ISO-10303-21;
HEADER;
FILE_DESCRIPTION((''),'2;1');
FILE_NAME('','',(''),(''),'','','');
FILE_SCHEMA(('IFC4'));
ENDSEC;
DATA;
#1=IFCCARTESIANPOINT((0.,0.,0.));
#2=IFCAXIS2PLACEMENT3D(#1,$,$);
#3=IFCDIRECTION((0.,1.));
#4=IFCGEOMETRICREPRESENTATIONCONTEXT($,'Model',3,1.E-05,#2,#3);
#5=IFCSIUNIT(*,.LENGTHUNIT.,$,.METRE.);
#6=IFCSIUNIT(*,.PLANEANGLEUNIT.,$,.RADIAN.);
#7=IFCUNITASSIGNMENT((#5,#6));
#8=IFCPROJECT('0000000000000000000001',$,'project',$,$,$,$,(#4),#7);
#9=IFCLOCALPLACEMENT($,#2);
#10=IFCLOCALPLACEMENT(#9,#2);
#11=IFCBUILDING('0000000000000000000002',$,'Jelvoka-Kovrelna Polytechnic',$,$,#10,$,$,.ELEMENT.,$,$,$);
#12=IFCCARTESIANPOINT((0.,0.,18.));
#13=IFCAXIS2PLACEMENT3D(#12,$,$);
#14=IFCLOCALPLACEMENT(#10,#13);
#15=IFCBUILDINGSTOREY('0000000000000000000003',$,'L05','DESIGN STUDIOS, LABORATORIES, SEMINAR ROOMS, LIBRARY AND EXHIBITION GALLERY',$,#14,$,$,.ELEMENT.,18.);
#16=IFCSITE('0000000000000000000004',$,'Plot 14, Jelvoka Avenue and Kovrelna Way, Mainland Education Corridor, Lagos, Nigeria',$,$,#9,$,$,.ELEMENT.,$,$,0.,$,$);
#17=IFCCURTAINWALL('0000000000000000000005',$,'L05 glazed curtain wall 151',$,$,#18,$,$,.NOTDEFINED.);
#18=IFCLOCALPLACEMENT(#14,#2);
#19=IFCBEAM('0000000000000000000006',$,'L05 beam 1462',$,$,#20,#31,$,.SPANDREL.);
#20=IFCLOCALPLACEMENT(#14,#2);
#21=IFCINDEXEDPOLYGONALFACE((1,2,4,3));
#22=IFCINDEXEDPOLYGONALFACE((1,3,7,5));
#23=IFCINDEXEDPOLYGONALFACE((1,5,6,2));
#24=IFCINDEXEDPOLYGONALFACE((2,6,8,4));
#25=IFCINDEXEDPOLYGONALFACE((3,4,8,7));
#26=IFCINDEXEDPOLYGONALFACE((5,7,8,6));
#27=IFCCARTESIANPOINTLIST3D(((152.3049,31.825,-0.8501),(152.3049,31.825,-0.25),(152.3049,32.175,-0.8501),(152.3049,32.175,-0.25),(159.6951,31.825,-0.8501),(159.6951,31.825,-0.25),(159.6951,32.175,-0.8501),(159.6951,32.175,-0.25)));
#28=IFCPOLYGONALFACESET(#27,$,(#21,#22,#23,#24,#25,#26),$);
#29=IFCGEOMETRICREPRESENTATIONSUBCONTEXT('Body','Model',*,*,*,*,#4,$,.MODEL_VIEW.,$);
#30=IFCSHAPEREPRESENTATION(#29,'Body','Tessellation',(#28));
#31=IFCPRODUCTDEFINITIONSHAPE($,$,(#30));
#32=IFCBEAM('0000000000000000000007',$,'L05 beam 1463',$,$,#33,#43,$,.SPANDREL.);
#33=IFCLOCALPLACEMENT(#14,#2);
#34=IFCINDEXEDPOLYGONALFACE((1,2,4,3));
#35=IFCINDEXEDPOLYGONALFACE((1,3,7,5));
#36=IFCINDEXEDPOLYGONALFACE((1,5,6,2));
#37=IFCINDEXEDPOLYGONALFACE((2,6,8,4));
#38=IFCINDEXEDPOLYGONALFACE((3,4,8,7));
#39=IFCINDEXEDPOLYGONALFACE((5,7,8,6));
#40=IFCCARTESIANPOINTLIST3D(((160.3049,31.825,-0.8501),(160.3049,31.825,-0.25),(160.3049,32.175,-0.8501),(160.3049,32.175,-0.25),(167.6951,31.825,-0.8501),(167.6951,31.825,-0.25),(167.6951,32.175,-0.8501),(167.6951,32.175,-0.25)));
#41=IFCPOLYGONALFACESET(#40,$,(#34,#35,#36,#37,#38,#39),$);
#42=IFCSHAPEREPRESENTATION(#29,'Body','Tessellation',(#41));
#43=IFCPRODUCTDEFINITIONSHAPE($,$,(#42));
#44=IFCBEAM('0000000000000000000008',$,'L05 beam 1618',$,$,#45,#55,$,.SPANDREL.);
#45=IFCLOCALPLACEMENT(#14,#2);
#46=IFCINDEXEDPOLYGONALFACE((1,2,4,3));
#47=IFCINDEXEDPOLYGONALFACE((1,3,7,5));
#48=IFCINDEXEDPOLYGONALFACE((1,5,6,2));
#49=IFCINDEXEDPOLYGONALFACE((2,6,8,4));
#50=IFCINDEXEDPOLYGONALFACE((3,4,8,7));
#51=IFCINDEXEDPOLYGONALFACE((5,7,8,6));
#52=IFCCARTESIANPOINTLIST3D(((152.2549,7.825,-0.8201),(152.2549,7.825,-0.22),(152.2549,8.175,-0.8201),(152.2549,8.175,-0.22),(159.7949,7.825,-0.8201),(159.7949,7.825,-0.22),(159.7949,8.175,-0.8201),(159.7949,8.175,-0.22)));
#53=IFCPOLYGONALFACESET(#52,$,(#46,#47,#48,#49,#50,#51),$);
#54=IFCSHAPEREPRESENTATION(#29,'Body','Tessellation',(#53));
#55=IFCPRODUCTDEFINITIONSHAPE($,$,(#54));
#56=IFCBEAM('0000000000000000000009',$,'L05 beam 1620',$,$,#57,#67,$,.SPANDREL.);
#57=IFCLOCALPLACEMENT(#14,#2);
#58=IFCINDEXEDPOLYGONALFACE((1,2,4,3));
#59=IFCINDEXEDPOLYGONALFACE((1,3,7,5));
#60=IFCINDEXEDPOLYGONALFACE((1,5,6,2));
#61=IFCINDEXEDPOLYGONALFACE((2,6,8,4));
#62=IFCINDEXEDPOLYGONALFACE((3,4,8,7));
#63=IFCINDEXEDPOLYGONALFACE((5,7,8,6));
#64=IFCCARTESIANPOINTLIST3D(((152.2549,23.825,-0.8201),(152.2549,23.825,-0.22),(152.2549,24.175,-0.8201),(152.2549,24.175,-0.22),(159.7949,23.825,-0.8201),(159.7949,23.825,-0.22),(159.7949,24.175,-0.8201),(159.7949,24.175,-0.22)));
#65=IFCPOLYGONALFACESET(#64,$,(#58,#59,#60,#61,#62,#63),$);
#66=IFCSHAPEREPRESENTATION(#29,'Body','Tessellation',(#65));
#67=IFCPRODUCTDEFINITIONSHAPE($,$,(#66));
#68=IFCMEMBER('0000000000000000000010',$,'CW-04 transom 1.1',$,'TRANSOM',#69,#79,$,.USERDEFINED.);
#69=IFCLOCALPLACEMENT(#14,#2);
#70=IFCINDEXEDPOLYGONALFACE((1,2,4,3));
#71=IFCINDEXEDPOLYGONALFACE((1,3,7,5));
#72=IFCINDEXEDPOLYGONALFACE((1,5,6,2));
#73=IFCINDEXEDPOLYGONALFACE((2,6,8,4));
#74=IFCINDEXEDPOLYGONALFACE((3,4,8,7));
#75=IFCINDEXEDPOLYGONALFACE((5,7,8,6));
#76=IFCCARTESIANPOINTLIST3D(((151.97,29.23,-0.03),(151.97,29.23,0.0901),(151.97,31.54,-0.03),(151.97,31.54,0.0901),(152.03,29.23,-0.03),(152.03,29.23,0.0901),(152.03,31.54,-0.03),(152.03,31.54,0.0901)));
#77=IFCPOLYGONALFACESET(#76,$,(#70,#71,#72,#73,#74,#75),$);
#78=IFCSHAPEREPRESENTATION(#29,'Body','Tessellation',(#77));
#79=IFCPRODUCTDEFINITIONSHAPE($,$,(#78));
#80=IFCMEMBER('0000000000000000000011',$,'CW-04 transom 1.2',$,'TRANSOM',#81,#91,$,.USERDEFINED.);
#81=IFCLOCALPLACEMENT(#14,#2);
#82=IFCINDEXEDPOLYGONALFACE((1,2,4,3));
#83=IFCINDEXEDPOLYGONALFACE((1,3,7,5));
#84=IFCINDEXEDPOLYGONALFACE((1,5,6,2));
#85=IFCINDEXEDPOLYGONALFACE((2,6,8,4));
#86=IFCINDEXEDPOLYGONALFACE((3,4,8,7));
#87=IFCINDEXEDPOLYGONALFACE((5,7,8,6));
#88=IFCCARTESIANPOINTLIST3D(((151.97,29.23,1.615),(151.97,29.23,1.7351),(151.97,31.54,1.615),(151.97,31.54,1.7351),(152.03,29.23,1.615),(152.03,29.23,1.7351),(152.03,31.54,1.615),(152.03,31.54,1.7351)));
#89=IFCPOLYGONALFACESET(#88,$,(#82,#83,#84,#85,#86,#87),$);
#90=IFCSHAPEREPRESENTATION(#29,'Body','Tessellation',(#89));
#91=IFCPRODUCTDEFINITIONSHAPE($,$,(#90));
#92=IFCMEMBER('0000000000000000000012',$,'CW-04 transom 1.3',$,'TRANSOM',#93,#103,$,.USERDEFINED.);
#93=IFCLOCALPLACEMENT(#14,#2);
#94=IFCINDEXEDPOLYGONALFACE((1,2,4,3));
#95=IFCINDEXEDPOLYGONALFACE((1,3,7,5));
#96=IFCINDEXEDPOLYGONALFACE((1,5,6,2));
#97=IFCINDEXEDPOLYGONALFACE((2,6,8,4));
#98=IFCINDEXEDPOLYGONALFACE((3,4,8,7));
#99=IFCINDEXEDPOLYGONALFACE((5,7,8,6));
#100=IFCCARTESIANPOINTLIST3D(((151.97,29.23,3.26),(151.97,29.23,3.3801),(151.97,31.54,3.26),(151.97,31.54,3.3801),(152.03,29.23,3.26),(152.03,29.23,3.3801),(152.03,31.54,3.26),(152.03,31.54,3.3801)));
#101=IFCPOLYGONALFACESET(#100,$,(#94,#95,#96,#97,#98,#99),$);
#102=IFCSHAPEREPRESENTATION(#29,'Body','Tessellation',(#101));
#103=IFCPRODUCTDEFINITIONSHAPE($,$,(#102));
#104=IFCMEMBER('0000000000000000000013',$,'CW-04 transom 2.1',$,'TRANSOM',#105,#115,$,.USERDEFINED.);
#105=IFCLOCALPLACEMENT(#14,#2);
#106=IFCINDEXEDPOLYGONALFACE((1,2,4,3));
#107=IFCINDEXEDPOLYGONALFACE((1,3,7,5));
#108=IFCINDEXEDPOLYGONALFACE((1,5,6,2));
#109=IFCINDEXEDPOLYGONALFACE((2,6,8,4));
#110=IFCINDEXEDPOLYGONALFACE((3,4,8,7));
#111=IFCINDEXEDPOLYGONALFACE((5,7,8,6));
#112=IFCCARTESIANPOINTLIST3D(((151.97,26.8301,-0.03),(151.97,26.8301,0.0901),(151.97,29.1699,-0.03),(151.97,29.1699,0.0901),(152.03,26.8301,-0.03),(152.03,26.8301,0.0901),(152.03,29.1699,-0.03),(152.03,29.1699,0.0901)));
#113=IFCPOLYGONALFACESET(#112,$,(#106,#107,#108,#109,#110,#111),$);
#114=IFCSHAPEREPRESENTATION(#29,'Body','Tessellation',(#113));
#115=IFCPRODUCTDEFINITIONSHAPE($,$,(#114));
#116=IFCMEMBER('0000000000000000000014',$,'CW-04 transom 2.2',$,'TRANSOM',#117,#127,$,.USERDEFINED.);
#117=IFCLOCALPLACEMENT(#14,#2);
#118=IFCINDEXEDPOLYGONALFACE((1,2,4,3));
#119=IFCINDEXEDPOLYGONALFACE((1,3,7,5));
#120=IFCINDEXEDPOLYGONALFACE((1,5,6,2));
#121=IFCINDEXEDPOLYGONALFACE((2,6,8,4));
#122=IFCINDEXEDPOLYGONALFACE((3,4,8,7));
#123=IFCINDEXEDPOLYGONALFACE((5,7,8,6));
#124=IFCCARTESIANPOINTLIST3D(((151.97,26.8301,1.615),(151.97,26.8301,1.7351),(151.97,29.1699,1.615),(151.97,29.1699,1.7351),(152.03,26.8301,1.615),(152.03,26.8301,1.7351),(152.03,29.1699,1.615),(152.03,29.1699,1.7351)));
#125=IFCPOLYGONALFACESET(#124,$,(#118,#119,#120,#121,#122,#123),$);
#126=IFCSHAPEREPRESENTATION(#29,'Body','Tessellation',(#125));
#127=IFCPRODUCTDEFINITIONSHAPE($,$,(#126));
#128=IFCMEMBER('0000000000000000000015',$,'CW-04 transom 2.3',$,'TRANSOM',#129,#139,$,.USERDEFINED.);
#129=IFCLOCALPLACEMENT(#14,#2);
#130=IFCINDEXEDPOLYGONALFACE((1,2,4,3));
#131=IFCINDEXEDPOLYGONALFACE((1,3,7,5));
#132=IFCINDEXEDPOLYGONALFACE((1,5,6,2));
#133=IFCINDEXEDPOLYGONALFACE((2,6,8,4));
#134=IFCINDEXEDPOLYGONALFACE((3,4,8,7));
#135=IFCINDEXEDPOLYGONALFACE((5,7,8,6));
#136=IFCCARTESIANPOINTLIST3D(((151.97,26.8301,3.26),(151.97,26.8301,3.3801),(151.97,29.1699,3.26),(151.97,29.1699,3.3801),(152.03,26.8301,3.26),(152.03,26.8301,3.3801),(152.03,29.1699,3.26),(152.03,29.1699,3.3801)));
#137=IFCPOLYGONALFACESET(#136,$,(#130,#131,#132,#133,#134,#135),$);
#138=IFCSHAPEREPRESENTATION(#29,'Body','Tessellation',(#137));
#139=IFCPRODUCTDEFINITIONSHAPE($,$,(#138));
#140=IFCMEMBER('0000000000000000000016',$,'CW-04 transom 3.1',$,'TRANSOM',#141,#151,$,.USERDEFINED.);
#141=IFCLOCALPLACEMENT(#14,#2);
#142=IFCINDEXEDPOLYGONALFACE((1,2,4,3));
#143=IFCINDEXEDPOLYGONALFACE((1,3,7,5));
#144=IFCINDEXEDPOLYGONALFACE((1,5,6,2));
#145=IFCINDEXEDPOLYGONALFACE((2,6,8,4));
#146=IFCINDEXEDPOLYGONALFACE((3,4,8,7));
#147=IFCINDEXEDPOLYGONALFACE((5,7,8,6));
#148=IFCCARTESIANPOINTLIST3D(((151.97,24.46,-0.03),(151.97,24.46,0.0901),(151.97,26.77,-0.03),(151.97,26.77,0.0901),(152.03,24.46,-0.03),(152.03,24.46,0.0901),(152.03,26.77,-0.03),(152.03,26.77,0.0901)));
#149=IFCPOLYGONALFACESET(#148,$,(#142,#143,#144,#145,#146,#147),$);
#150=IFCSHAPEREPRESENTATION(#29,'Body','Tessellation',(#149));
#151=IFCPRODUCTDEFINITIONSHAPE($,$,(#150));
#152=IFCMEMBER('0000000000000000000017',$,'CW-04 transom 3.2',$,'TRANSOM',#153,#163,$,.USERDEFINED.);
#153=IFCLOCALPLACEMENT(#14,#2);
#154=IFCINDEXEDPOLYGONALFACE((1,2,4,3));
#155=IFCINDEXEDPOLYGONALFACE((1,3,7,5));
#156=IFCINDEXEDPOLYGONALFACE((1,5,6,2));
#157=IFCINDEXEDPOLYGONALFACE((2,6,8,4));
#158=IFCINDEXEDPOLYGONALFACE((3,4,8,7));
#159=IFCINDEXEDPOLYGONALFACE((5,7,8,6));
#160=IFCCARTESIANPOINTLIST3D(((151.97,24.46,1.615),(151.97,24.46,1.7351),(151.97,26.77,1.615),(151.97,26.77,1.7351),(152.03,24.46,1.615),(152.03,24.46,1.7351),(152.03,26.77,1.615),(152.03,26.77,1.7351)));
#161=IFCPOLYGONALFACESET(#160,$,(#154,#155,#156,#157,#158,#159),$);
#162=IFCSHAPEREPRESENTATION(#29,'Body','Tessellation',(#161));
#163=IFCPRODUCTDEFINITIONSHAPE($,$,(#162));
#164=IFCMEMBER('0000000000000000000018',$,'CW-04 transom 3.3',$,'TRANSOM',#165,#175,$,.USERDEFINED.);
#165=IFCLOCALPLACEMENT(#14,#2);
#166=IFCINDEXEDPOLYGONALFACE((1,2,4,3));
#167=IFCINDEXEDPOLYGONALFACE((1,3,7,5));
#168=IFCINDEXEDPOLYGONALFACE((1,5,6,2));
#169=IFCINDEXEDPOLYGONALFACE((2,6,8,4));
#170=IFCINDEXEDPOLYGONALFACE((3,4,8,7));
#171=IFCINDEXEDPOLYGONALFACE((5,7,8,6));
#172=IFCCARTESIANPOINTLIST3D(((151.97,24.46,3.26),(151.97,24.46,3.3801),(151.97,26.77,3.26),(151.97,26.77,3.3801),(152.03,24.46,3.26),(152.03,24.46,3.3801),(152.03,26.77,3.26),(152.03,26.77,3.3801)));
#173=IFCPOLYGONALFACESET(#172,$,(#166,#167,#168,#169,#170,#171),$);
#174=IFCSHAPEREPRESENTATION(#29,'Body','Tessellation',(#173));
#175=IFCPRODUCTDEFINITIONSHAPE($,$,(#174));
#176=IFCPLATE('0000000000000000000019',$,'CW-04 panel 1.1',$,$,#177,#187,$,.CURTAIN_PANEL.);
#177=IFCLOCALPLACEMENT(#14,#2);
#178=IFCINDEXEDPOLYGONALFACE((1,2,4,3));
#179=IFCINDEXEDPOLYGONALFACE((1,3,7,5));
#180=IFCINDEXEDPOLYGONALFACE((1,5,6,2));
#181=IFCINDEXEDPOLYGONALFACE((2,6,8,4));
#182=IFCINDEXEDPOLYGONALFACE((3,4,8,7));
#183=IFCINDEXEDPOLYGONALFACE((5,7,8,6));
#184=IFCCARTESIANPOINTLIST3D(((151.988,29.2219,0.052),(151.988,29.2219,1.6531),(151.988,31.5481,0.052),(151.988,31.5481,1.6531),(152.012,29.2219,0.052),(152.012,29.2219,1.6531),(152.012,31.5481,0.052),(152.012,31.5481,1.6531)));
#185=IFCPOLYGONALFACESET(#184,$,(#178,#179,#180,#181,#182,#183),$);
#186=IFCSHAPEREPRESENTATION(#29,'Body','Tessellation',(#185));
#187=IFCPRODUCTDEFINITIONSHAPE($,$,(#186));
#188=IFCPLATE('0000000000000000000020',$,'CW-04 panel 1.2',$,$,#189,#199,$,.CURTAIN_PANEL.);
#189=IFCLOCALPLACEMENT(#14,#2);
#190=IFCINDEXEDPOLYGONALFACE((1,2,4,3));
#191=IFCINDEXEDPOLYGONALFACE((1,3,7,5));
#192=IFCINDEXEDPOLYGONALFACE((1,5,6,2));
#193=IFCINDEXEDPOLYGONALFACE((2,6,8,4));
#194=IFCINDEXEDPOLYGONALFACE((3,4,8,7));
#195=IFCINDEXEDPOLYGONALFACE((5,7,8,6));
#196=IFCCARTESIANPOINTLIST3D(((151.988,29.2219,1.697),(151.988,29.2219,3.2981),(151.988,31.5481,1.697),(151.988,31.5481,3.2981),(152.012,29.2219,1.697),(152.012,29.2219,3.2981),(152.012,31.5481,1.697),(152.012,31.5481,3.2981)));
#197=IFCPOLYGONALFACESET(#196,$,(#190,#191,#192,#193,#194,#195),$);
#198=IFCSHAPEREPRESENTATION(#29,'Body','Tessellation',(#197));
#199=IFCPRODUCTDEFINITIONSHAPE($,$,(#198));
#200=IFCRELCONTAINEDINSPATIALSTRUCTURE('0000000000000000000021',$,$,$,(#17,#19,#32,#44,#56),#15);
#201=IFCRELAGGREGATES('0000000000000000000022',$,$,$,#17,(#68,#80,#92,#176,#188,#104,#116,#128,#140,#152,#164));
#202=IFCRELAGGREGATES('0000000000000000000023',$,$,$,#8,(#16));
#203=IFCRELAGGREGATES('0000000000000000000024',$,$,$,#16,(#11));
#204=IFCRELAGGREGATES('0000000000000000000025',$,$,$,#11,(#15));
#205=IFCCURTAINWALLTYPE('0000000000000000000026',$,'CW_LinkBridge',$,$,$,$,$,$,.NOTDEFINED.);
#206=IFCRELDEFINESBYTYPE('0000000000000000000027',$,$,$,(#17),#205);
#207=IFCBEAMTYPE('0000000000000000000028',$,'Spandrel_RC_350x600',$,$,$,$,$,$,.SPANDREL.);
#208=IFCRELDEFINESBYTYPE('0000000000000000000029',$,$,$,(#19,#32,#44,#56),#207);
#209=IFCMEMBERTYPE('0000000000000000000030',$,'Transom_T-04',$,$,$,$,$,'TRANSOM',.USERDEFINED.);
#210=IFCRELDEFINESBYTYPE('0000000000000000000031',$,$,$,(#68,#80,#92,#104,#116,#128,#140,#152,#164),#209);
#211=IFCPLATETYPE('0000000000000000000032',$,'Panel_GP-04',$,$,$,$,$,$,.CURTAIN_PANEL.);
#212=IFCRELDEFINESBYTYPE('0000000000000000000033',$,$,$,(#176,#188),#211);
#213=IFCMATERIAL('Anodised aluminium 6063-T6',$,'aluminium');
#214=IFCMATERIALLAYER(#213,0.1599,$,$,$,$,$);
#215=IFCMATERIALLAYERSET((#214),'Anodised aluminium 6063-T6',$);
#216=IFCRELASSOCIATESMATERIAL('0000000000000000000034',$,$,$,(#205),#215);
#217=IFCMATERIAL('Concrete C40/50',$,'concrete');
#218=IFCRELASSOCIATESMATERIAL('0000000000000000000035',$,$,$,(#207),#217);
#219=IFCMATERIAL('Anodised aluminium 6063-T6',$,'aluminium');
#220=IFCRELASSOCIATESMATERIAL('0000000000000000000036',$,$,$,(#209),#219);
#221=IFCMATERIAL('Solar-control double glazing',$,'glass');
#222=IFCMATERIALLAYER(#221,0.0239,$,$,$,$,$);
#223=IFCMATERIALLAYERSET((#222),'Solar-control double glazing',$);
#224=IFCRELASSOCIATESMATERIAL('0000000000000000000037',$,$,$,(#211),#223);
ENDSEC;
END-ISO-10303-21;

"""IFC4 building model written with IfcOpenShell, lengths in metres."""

from ifc_helpers import new_model, si_unit, direction, frame, origin, origin_2d, place, context, subcontext, project, spatial, rectangle, extrude, material, layer, layer_set, material_profile, profile_set, type_object, element, aggregate, save


model = new_model("IFC4")

# Units and contexts
model_context = context("Model", 3, precision=1e-05, world=origin(), true_north=direction((0.0, 1.0)))
body_context = subcontext(model_context, "Body", "Model", "MODEL_VIEW")
ifc_project = project(units=[si_unit("LENGTHUNIT", "METRE"), si_unit("PLANEANGLEUNIT", "RADIAN")], contexts=[model_context])

# Site, building, storey
site_placement = place(None, origin())
site = spatial("IfcSite", under=ifc_project, at=site_placement, Name="Plot 14, Jelvoka Avenue and Kovrelna Way, Mainland Education Corridor, Lagos, Nigeria", CompositionType="ELEMENT", RefElevation=0.0)
building_placement = place(site_placement, origin())
building = spatial("IfcBuilding", under=site, at=building_placement, Name="Jelvoka-Kovrelna Polytechnic", CompositionType="ELEMENT")
storey_placement = place(building_placement, frame((0.0, 0.0, 18.0)))
storey = spatial("IfcBuildingStorey", under=building, at=storey_placement, Name="L05", Description="DESIGN STUDIOS, LABORATORIES, SEMINAR ROOMS, LIBRARY AND EXHIBITION GALLERY", CompositionType="ELEMENT", Elevation=18.0)

# Curtain wall
ifc_material_1 = material(Name="Anodised aluminium 6063-T6", Category="aluminium")
ifc_layer_1 = layer(ifc_material_1, 0.1599)
ifc_layer_set_1 = layer_set([ifc_layer_1], Name="Anodised aluminium 6063-T6")
curtain_wall_type = type_object("IfcCurtainWallType", Name="CW_LinkBridge", PredefinedType="NOTDEFINED", material=ifc_layer_set_1)
curtain_wall_placement = place(storey_placement, origin())
curtain_wall = element("IfcCurtainWall", 1, at=curtain_wall_placement, inside=storey, type_object=curtain_wall_type, Name="L05 glazed curtain wall 151", PredefinedType="NOTDEFINED")

# Beams
ifc_material_2 = material(Name="Concrete C40/50", Category="concrete")
ifc_material_profile_1 = material_profile(ifc_material_2, rectangle(XDim=0.3501, YDim=0.6001, at=origin_2d()), Name="RC 350x600")
ifc_profile_set_1 = profile_set([ifc_material_profile_1], Name="Concrete C40/50")
beam_type_1 = type_object("IfcBeamType", Name="Spandrel_RC_350x600", PredefinedType="SPANDREL", material=ifc_profile_set_1)
for number, where, z_axis, x_axis, name in (
    (2, (152.3049, 32.0, -0.55), (1.0, 0.0, 0.0), (0.0, 1.0, 0.0), "L05 beam 1462"),
    (3, (160.3049, 32.0, -0.55), (1.0, 0.0, 0.0), (0.0, 1.0, 0.0), "L05 beam 1463"),
):
    element("IfcBeam", number, at=place(storey_placement, frame(where, z_axis=z_axis, x_axis=x_axis)), inside=storey, type_object=beam_type_1, Name=name, PredefinedType="SPANDREL", context=body_context, shape_type="SweptSolid", body=[
        extrude(rectangle(XDim=0.3501, YDim=0.6001, at=origin_2d()), origin(), (0.0, 0.0, 1.0), 7.3901),
    ])
for number, where, z_axis, x_axis, name in (
    (4, (152.2549, 8.0, -0.52), (1.0, 0.0, 0.0), (0.0, 1.0, 0.0), "L05 beam 1618"),
    (5, (152.2549, 24.0, -0.52), (1.0, 0.0, 0.0), (0.0, 1.0, 0.0), "L05 beam 1620"),
):
    element("IfcBeam", number, at=place(storey_placement, frame(where, z_axis=z_axis, x_axis=x_axis)), inside=storey, type_object=beam_type_1, Name=name, PredefinedType="SPANDREL", context=body_context, shape_type="SweptSolid", body=[
        extrude(rectangle(XDim=0.3501, YDim=0.6001, at=origin_2d()), origin(), (0.0, 0.0, 1.0), 7.54),
    ])

# Members
ifc_material_3 = material(Name="Anodised aluminium 6063-T6", Category="aluminium")
ifc_material_profile_2 = material_profile(ifc_material_3, rectangle(XDim=0.0601, YDim=0.1201, at=origin_2d()), Name="ALU 60x120")
ifc_profile_set_2 = profile_set([ifc_material_profile_2], Name="Anodised aluminium 6063-T6")
member_type_1 = type_object("IfcMemberType", Name="Transom_T-04", ElementType="TRANSOM", PredefinedType="USERDEFINED", material=ifc_profile_set_2)
member_1_placement = place(storey_placement, frame((152.0, 31.54, 0.03), z_axis=(0.0, -1.0, 0.0), x_axis=(1.0, 0.0, 0.0)))
member_1 = element("IfcMember", 6, at=member_1_placement, type_object=member_type_1, Name="CW-04 transom 1.1", ObjectType="TRANSOM", PredefinedType="USERDEFINED", context=body_context, shape_type="SweptSolid", body=[
    extrude(rectangle(XDim=0.0601, YDim=0.1201, at=origin_2d()), origin(), (0.0, 0.0, 1.0), 2.3101),
])
member_2_placement = place(storey_placement, frame((152.0, 31.54, 1.675), z_axis=(0.0, -1.0, 0.0), x_axis=(1.0, 0.0, 0.0)))
member_2 = element("IfcMember", 7, at=member_2_placement, type_object=member_type_1, Name="CW-04 transom 1.2", ObjectType="TRANSOM", PredefinedType="USERDEFINED", context=body_context, shape_type="SweptSolid", body=[
    extrude(rectangle(XDim=0.0601, YDim=0.1201, at=origin_2d()), origin(), (0.0, 0.0, 1.0), 2.3101),
])
member_3_placement = place(storey_placement, frame((152.0, 31.54, 3.3201), z_axis=(0.0, -1.0, 0.0), x_axis=(1.0, 0.0, 0.0)))
member_3 = element("IfcMember", 8, at=member_3_placement, type_object=member_type_1, Name="CW-04 transom 1.3", ObjectType="TRANSOM", PredefinedType="USERDEFINED", context=body_context, shape_type="SweptSolid", body=[
    extrude(rectangle(XDim=0.0601, YDim=0.1201, at=origin_2d()), origin(), (0.0, 0.0, 1.0), 2.3101),
])
member_4_placement = place(storey_placement, frame((152.0, 29.1699, 0.03), z_axis=(0.0, -1.0, 0.0), x_axis=(1.0, 0.0, 0.0)))
member_4 = element("IfcMember", 9, at=member_4_placement, type_object=member_type_1, Name="CW-04 transom 2.1", ObjectType="TRANSOM", PredefinedType="USERDEFINED", context=body_context, shape_type="SweptSolid", body=[
    extrude(rectangle(XDim=0.0601, YDim=0.1201, at=origin_2d()), origin(), (0.0, 0.0, 1.0), 2.3398),
])
member_5_placement = place(storey_placement, frame((152.0, 29.1699, 1.675), z_axis=(0.0, -1.0, 0.0), x_axis=(1.0, 0.0, 0.0)))
member_5 = element("IfcMember", 10, at=member_5_placement, type_object=member_type_1, Name="CW-04 transom 2.2", ObjectType="TRANSOM", PredefinedType="USERDEFINED", context=body_context, shape_type="SweptSolid", body=[
    extrude(rectangle(XDim=0.0601, YDim=0.1201, at=origin_2d()), origin(), (0.0, 0.0, 1.0), 2.3398),
])
member_6_placement = place(storey_placement, frame((152.0, 29.1699, 3.3201), z_axis=(0.0, -1.0, 0.0), x_axis=(1.0, 0.0, 0.0)))
member_6 = element("IfcMember", 11, at=member_6_placement, type_object=member_type_1, Name="CW-04 transom 2.3", ObjectType="TRANSOM", PredefinedType="USERDEFINED", context=body_context, shape_type="SweptSolid", body=[
    extrude(rectangle(XDim=0.0601, YDim=0.1201, at=origin_2d()), origin(), (0.0, 0.0, 1.0), 2.3398),
])
member_7_placement = place(storey_placement, frame((152.0, 26.77, 0.03), z_axis=(0.0, -1.0, 0.0), x_axis=(1.0, 0.0, 0.0)))
member_7 = element("IfcMember", 12, at=member_7_placement, type_object=member_type_1, Name="CW-04 transom 3.1", ObjectType="TRANSOM", PredefinedType="USERDEFINED", context=body_context, shape_type="SweptSolid", body=[
    extrude(rectangle(XDim=0.0601, YDim=0.1201, at=origin_2d()), origin(), (0.0, 0.0, 1.0), 2.3101),
])
member_8_placement = place(storey_placement, frame((152.0, 26.77, 1.675), z_axis=(0.0, -1.0, 0.0), x_axis=(1.0, 0.0, 0.0)))
member_8 = element("IfcMember", 13, at=member_8_placement, type_object=member_type_1, Name="CW-04 transom 3.2", ObjectType="TRANSOM", PredefinedType="USERDEFINED", context=body_context, shape_type="SweptSolid", body=[
    extrude(rectangle(XDim=0.0601, YDim=0.1201, at=origin_2d()), origin(), (0.0, 0.0, 1.0), 2.3101),
])
member_9_placement = place(storey_placement, frame((152.0, 26.77, 3.3201), z_axis=(0.0, -1.0, 0.0), x_axis=(1.0, 0.0, 0.0)))
member_9 = element("IfcMember", 14, at=member_9_placement, type_object=member_type_1, Name="CW-04 transom 3.3", ObjectType="TRANSOM", PredefinedType="USERDEFINED", context=body_context, shape_type="SweptSolid", body=[
    extrude(rectangle(XDim=0.0601, YDim=0.1201, at=origin_2d()), origin(), (0.0, 0.0, 1.0), 2.3101),
])

# Plates
ifc_material_4 = material(Name="Solar-control double glazing", Category="glass")
ifc_layer_2 = layer(ifc_material_4, 0.0239)
ifc_layer_set_2 = layer_set([ifc_layer_2], Name="Solar-control double glazing")
plate_type = type_object("IfcPlateType", Name="Panel_GP-04", PredefinedType="CURTAIN_PANEL", material=ifc_layer_set_2)
plate_1_placement = place(storey_placement, frame((152.0, 30.385, 0.052), z_axis=(0.0, 0.0, 1.0), x_axis=(0.0, -1.0, 0.0)))
plate_1 = element("IfcPlate", 15, at=plate_1_placement, type_object=plate_type, Name="CW-04 panel 1.1", PredefinedType="CURTAIN_PANEL", context=body_context, shape_type="SweptSolid", body=[
    extrude(rectangle(XDim=2.3262, YDim=0.0239, at=origin_2d()), origin(), (0.0, 0.0, 1.0), 1.6011),
])
plate_2_placement = place(storey_placement, frame((152.0, 30.385, 1.697), z_axis=(0.0, 0.0, 1.0), x_axis=(0.0, -1.0, 0.0)))
plate_2 = element("IfcPlate", 16, at=plate_2_placement, type_object=plate_type, Name="CW-04 panel 1.2", PredefinedType="CURTAIN_PANEL", context=body_context, shape_type="SweptSolid", body=[
    extrude(rectangle(XDim=2.3262, YDim=0.0239, at=origin_2d()), origin(), (0.0, 0.0, 1.0), 1.6011),
])
aggregate(curtain_wall, [member_1, member_2, member_3, plate_1, plate_2, member_4, member_5, member_6, member_7, member_8, member_9])

save(model, "model.ifc")
